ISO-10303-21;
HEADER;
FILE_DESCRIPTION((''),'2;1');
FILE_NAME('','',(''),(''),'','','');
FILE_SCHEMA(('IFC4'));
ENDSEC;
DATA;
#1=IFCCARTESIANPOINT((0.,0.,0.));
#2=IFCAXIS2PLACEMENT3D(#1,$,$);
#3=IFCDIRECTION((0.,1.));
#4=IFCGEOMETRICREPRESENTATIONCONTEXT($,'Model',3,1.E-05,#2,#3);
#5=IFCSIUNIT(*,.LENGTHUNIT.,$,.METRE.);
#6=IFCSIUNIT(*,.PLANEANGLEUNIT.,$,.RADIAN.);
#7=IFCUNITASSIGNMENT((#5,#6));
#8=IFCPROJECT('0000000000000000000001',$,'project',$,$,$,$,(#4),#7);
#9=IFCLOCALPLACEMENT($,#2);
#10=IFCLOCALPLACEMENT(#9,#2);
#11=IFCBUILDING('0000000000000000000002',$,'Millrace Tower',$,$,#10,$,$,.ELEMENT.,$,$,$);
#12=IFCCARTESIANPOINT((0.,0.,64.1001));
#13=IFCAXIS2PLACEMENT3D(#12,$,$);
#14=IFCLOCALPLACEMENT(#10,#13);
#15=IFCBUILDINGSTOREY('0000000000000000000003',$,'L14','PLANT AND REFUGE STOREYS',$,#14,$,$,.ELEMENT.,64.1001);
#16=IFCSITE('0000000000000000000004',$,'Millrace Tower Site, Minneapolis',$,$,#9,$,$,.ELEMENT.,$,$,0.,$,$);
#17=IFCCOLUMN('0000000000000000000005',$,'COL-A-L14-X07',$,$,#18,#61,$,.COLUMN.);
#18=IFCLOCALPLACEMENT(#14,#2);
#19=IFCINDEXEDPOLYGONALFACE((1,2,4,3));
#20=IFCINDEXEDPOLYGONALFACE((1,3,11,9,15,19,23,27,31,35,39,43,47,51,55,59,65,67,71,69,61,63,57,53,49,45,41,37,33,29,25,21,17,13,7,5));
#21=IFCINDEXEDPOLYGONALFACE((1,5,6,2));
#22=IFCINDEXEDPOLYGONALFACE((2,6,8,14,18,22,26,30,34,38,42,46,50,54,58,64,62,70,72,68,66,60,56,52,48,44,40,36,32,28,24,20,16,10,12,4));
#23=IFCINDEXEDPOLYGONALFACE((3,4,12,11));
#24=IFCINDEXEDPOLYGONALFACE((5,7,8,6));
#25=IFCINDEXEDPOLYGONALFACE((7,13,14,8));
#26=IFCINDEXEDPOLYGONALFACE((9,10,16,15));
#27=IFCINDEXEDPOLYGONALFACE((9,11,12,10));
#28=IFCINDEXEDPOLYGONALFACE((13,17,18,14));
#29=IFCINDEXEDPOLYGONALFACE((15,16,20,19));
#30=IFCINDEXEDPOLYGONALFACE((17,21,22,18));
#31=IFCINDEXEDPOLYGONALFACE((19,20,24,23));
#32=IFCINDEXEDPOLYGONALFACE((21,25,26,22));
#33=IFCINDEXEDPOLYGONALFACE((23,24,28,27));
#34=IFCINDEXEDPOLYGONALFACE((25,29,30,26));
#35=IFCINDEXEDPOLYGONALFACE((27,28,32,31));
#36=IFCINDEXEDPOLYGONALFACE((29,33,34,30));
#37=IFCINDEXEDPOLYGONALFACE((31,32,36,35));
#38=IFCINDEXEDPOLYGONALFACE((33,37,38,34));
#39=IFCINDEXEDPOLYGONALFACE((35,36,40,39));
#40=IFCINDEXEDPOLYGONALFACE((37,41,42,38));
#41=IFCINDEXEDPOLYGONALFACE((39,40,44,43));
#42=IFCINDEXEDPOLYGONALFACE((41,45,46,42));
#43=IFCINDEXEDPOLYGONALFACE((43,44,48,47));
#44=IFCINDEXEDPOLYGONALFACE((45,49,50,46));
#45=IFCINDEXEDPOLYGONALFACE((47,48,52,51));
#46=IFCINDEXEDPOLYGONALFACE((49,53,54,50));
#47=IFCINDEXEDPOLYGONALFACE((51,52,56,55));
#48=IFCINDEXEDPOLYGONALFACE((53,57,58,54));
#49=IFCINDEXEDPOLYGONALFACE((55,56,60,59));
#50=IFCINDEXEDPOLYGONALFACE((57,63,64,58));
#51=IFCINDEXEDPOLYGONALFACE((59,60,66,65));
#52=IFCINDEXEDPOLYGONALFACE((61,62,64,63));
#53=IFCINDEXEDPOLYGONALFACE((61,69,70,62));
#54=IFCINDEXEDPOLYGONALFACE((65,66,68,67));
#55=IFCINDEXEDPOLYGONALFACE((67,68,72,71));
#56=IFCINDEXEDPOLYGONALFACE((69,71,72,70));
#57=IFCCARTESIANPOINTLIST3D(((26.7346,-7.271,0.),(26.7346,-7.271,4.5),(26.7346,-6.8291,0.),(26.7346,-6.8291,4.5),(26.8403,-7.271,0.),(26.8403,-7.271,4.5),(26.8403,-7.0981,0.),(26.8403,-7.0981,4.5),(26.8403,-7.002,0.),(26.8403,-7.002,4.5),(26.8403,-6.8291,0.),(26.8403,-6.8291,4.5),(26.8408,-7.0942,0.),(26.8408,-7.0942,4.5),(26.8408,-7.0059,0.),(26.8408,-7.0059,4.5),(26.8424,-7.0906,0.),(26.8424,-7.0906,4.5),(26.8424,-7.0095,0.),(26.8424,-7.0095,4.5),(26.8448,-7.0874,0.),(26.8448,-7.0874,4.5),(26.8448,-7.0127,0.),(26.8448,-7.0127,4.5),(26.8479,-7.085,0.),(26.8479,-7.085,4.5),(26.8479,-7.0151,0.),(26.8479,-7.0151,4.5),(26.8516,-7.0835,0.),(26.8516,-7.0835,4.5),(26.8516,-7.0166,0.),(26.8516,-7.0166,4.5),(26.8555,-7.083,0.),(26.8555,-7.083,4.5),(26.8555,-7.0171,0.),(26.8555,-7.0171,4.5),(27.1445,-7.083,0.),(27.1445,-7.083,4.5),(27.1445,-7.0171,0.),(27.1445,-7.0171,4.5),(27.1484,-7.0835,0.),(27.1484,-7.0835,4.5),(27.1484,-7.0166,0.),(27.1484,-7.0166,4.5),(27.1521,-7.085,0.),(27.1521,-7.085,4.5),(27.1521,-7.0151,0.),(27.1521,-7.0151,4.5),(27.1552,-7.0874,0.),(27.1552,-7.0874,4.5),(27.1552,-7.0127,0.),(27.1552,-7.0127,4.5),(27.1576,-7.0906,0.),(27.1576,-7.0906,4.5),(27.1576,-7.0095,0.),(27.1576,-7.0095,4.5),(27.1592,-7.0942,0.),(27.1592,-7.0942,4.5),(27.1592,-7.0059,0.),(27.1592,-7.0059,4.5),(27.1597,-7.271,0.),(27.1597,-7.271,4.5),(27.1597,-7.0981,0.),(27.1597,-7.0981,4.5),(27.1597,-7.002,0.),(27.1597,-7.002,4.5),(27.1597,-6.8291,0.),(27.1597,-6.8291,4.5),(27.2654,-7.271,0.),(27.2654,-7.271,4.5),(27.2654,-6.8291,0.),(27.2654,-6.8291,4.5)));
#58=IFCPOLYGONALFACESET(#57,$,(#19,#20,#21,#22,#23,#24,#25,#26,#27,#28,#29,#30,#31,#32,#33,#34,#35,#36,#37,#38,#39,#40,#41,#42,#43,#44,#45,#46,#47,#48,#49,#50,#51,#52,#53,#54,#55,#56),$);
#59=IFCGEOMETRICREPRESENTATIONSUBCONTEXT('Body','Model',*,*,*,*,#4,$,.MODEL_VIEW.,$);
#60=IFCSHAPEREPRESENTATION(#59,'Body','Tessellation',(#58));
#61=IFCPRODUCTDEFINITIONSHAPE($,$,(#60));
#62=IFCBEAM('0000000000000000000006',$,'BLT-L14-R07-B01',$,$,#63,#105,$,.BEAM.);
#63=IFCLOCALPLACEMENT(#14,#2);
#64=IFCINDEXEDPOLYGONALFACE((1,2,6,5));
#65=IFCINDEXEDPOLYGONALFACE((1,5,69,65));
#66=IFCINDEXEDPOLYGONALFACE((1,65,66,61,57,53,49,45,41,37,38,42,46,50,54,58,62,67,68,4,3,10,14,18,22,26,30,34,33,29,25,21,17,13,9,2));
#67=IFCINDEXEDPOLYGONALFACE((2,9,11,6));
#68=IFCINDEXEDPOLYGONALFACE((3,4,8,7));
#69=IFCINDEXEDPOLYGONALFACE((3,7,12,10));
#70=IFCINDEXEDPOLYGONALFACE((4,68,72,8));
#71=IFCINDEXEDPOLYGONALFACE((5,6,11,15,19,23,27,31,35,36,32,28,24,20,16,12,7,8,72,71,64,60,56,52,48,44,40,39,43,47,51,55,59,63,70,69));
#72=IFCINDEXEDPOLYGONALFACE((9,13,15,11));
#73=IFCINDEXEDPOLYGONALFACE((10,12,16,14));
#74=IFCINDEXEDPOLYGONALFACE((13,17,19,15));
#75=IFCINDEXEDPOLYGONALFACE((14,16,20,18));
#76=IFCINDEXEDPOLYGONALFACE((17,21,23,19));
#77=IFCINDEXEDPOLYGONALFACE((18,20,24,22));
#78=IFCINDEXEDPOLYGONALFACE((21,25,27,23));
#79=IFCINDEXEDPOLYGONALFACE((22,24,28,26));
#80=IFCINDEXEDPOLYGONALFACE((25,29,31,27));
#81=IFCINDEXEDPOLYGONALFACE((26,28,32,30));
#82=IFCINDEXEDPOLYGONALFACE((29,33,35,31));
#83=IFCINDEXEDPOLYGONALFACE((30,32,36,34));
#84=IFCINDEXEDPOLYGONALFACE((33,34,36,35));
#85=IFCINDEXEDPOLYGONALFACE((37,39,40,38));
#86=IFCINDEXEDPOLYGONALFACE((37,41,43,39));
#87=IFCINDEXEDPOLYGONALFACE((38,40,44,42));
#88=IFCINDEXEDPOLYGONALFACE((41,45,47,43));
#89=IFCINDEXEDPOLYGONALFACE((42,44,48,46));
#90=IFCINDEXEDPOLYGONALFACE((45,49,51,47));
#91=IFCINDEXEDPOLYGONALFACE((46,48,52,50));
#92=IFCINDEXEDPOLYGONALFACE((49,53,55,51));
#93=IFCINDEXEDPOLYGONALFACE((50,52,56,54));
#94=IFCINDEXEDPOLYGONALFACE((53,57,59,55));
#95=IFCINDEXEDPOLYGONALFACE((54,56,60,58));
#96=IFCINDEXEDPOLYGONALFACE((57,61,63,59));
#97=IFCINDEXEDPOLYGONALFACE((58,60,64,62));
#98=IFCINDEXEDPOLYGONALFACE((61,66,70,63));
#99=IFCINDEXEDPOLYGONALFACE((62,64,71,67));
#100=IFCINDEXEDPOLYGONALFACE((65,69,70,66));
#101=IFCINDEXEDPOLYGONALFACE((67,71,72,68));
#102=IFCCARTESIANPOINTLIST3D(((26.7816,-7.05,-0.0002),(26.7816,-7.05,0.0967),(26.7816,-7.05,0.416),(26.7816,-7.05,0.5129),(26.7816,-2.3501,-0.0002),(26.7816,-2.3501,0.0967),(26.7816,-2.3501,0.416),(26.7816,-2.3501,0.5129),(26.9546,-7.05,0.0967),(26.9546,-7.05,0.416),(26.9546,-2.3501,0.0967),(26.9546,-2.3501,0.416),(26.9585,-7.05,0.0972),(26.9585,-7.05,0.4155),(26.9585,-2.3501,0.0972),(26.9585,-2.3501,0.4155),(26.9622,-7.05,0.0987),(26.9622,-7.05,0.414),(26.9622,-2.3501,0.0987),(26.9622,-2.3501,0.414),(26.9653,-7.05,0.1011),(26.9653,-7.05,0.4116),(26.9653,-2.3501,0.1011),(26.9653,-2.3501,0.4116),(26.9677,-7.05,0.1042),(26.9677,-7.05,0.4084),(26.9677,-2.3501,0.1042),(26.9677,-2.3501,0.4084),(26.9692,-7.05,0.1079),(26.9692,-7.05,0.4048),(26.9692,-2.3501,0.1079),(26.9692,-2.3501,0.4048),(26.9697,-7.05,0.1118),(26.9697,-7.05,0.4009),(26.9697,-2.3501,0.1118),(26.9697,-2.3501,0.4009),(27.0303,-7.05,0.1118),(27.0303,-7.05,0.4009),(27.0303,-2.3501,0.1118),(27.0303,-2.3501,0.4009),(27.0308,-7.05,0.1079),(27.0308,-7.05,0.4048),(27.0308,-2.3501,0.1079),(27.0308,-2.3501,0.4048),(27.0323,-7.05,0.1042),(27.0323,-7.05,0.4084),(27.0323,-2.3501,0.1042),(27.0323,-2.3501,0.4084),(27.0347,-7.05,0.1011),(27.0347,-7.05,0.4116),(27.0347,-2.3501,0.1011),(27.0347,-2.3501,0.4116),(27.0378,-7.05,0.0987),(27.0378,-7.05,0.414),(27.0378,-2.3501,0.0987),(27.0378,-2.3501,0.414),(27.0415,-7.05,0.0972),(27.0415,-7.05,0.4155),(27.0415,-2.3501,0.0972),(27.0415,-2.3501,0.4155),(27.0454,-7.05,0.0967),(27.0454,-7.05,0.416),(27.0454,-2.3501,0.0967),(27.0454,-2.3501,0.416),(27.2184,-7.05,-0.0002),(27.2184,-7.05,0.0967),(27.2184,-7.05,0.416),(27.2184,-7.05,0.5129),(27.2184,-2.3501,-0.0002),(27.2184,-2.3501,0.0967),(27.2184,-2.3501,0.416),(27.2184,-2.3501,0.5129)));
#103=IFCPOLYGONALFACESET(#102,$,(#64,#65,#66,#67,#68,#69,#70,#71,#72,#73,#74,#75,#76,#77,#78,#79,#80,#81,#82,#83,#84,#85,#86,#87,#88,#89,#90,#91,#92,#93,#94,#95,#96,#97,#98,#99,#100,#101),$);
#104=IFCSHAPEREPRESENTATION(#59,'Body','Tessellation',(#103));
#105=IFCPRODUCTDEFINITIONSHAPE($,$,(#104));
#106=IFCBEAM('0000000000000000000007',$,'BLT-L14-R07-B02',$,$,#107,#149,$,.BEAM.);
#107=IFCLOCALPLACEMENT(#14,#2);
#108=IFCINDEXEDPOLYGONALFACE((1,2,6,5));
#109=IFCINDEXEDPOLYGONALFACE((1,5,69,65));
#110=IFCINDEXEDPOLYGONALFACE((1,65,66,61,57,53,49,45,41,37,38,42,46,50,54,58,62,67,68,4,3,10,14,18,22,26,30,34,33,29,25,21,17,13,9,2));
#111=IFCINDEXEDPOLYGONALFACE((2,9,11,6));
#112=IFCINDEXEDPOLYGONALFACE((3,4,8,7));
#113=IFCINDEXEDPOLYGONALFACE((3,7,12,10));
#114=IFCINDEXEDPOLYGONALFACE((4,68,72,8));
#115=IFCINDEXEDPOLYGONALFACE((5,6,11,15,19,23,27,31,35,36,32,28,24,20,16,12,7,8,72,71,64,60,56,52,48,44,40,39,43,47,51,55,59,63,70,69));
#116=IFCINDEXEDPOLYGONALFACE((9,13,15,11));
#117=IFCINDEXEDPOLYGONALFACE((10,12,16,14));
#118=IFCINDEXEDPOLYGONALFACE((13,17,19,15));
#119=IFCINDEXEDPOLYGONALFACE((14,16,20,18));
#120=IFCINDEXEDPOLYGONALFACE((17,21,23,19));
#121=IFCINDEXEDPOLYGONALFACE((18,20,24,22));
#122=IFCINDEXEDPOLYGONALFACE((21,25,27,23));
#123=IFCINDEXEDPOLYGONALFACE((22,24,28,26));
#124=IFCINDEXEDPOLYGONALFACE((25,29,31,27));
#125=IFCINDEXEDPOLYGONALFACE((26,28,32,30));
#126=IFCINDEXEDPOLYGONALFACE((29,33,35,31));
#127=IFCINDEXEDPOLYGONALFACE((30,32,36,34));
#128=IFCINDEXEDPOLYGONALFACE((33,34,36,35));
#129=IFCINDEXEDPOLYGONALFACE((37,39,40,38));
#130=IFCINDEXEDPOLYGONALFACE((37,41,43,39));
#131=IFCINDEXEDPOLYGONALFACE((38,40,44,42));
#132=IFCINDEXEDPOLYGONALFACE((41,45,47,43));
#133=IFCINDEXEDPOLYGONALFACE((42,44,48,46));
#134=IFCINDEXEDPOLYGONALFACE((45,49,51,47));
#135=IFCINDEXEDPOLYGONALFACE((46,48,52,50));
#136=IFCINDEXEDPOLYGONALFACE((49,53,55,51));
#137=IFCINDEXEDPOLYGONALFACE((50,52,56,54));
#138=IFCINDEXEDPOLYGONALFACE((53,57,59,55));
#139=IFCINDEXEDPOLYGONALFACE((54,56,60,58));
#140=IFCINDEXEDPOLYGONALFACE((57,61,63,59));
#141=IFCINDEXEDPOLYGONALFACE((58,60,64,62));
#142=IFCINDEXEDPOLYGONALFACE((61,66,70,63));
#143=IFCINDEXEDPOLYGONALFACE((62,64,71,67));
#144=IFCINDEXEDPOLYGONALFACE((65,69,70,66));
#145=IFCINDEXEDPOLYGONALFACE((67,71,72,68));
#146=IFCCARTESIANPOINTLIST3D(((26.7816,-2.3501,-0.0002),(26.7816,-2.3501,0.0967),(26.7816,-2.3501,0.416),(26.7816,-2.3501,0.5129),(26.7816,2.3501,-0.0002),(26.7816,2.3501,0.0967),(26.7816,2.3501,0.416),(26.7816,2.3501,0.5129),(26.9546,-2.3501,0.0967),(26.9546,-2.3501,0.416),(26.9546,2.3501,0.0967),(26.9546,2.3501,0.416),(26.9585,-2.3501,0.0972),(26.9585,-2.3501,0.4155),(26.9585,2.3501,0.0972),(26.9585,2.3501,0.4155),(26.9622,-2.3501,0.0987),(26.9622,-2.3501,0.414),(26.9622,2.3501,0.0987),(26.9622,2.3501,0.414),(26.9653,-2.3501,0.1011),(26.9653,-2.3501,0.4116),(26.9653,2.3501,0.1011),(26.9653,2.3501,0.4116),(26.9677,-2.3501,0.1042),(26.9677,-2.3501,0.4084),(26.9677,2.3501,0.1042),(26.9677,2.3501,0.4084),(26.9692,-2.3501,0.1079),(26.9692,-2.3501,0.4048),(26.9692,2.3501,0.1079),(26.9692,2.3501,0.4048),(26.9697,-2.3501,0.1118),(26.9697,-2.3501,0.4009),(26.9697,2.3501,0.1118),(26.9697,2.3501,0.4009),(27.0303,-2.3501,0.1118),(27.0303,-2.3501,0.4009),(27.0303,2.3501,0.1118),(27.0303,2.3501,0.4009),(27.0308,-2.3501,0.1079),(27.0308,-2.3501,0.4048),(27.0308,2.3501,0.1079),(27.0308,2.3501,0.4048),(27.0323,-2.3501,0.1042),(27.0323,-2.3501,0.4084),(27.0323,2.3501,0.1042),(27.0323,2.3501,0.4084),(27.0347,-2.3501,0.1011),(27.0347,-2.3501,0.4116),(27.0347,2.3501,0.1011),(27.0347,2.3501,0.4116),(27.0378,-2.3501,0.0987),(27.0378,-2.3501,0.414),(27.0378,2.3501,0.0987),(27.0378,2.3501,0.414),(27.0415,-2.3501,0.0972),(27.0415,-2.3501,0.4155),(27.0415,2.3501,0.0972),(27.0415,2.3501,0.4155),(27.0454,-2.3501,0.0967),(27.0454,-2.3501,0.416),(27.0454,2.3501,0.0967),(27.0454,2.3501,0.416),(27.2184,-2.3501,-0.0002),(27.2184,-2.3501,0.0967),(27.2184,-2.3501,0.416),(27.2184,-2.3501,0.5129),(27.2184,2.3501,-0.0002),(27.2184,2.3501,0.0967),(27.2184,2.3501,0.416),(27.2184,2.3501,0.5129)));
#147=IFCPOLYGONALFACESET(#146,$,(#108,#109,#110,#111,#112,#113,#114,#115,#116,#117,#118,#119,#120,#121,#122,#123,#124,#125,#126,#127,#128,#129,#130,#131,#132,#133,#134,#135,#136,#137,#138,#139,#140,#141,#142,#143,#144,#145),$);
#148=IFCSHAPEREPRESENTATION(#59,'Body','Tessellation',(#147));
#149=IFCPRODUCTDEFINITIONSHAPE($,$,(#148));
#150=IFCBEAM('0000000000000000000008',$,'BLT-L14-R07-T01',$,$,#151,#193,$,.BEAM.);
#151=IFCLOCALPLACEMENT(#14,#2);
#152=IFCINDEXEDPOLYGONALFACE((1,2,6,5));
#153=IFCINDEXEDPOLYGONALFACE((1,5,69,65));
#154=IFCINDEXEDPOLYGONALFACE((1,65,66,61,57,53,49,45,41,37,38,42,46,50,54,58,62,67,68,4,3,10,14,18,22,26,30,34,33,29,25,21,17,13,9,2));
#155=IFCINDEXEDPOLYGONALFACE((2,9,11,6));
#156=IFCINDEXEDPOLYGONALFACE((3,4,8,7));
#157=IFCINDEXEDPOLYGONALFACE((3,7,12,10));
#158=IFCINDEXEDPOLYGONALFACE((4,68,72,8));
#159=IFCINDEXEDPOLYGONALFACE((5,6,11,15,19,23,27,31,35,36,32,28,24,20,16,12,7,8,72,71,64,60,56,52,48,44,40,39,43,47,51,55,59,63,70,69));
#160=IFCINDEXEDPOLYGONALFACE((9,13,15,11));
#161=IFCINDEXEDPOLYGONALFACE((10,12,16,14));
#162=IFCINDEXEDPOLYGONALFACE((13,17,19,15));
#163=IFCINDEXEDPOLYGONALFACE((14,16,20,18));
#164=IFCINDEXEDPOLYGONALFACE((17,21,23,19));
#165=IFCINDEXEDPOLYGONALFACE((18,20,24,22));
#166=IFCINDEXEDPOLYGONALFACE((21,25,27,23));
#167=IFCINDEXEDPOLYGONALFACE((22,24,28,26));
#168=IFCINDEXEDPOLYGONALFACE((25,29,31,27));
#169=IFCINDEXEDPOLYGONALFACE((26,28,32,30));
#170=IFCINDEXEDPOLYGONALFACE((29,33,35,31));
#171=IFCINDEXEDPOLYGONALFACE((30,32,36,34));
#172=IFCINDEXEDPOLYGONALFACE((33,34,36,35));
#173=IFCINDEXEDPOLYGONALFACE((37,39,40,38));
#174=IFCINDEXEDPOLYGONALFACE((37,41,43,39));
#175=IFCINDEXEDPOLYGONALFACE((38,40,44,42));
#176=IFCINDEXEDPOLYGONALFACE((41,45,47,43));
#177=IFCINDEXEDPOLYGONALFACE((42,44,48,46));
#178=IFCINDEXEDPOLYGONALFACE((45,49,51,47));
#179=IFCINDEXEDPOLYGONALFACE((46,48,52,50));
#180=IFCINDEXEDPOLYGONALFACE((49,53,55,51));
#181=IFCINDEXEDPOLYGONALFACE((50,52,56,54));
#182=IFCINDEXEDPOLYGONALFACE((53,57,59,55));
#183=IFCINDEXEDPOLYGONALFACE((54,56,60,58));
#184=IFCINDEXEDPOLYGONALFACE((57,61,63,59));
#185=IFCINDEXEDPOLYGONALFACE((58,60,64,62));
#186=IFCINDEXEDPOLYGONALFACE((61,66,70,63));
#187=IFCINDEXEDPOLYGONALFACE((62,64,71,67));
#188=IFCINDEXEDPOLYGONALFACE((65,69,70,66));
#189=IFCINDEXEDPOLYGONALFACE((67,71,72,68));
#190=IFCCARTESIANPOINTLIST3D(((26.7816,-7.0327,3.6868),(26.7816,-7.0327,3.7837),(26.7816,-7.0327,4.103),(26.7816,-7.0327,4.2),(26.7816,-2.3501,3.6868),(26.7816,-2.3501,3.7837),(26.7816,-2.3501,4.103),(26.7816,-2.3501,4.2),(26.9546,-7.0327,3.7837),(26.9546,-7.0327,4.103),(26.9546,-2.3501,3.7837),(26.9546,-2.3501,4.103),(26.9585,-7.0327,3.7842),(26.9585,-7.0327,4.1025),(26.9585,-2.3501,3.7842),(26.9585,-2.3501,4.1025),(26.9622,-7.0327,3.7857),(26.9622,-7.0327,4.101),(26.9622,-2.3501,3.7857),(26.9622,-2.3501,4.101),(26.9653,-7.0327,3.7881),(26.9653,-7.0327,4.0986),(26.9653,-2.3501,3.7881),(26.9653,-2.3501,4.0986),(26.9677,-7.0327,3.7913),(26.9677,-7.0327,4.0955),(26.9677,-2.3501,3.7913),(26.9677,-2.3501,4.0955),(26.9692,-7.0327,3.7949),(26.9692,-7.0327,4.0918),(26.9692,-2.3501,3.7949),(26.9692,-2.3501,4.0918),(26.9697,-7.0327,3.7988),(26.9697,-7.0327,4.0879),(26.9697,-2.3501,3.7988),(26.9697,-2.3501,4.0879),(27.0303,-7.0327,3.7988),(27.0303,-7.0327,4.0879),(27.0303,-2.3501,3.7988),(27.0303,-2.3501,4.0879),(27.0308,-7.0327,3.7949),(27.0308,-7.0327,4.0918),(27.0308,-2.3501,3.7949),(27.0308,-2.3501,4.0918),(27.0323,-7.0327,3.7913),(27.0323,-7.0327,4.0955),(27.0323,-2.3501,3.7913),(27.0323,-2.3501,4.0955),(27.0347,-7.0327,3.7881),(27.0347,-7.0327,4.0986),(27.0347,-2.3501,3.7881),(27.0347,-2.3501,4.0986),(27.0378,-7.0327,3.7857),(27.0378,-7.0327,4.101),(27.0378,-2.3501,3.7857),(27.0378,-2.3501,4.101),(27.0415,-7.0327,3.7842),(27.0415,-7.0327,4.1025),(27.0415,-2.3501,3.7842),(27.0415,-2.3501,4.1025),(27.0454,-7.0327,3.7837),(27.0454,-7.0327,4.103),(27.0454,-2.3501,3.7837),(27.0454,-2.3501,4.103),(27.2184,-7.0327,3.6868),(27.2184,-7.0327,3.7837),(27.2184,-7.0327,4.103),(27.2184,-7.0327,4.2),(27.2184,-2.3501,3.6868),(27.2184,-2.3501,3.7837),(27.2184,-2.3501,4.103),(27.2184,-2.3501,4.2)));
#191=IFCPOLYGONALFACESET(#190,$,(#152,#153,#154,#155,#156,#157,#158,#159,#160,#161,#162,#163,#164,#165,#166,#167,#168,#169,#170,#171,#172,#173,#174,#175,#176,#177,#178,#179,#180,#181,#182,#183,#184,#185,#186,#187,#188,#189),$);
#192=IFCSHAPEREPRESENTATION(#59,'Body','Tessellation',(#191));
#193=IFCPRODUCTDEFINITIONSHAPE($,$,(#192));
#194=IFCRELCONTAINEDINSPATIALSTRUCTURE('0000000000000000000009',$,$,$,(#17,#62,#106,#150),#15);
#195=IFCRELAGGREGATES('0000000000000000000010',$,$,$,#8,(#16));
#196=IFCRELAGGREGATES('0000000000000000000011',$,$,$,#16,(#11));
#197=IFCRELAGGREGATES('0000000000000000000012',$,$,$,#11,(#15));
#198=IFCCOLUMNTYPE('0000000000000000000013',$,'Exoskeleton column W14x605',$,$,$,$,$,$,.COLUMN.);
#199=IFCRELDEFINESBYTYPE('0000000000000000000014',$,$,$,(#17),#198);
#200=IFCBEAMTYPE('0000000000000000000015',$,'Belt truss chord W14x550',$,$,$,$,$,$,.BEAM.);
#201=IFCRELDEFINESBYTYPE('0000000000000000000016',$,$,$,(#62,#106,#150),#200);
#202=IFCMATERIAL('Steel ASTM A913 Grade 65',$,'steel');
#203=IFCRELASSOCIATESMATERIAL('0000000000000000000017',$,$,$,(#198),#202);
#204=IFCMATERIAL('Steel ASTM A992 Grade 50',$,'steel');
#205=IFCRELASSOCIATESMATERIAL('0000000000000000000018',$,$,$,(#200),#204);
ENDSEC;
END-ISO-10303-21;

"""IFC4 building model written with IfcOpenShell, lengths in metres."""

from ifc_helpers import new_model, si_unit, direction, frame, origin, origin_2d, place, context, subcontext, project, spatial, i_section, extrude, material, material_profile, profile_set, type_object, element, save


model = new_model("IFC4")

# Units and contexts
model_context = context("Model", 3, precision=1e-05, world=origin(), true_north=direction((0.0, 1.0)))
body_context = subcontext(model_context, "Body", "Model", "MODEL_VIEW")
ifc_project = project(units=[si_unit("LENGTHUNIT", "METRE"), si_unit("PLANEANGLEUNIT", "RADIAN")], contexts=[model_context])

# Site, building, storey
site_placement = place(None, origin())
site = spatial("IfcSite", under=ifc_project, at=site_placement, Name="Millrace Tower Site, Minneapolis", CompositionType="ELEMENT", RefElevation=0.0)
building_placement = place(site_placement, origin())
building = spatial("IfcBuilding", under=site, at=building_placement, Name="Millrace Tower", CompositionType="ELEMENT")
storey_placement = place(building_placement, frame((0.0, 0.0, 64.1001)))
storey = spatial("IfcBuildingStorey", under=building, at=storey_placement, Name="L14", Description="PLANT AND REFUGE STOREYS", CompositionType="ELEMENT", Elevation=64.1001)

# Column
ifc_material_1 = material(Name="Steel ASTM A913 Grade 65", Category="steel")
ifc_material_profile_1 = material_profile(ifc_material_1, i_section(OverallWidth=0.4419, OverallDepth=0.5308, WebThickness=0.0659, FlangeThickness=0.1057, FilletRadius=0.0151, at=origin_2d()))
ifc_profile_set_1 = profile_set([ifc_material_profile_1], Name="Steel ASTM A913 Grade 65")
column_type = type_object("IfcColumnType", Name="Exoskeleton column W14x605", PredefinedType="COLUMN", material=ifc_profile_set_1)
column_placement = place(storey_placement, frame((27.0, -7.05, 0.0), z_axis=(0.0, 0.0, 1.0), x_axis=(0.0, 1.0, 0.0)))
element("IfcColumn", 1, at=column_placement, inside=storey, type_object=column_type, Name="COL-A-L14-X07", PredefinedType="COLUMN", context=body_context, shape_type="SweptSolid", body=[
    extrude(i_section(OverallWidth=0.4419, OverallDepth=0.5308, WebThickness=0.0659, FlangeThickness=0.1057, FilletRadius=0.0151, at=origin_2d()), origin(), (0.0, 0.0, 1.0), 4.5),
])

# Beams
ifc_material_2 = material(Name="Steel ASTM A992 Grade 50", Category="steel")
ifc_material_profile_2 = material_profile(ifc_material_2, i_section(OverallWidth=0.4368, OverallDepth=0.5132, WebThickness=0.0605, FlangeThickness=0.0969, FilletRadius=0.0151, at=origin_2d()))
ifc_profile_set_2 = profile_set([ifc_material_profile_2], Name="Steel ASTM A992 Grade 50")
beam_type_1 = type_object("IfcBeamType", Name="Belt truss chord W14x550", PredefinedType="BEAM", material=ifc_profile_set_2)
beam_1_placement = place(storey_placement, frame((27.0, -7.05, 0.2563), z_axis=(0.0, 1.0, 0.0), x_axis=(-1.0, 0.0, 0.0)))
element("IfcBeam", 2, at=beam_1_placement, inside=storey, type_object=beam_type_1, Name="BLT-L14-R07-B01", PredefinedType="BEAM", context=body_context, shape_type="SweptSolid", body=[
    extrude(i_section(OverallWidth=0.4368, OverallDepth=0.5132, WebThickness=0.0605, FlangeThickness=0.0969, FilletRadius=0.0151, at=origin_2d()), origin(), (0.0, 0.0, 1.0), 4.7),
])
beam_2_placement = place(storey_placement, frame((27.0, -2.3501, 0.2563), z_axis=(0.0, 1.0, 0.0), x_axis=(-1.0, 0.0, 0.0)))
element("IfcBeam", 3, at=beam_2_placement, inside=storey, type_object=beam_type_1, Name="BLT-L14-R07-B02", PredefinedType="BEAM", context=body_context, shape_type="SweptSolid", body=[
    extrude(i_section(OverallWidth=0.4368, OverallDepth=0.5132, WebThickness=0.0605, FlangeThickness=0.0969, FilletRadius=0.0151, at=origin_2d()), origin(), (0.0, 0.0, 1.0), 4.7002),
])
beam_3_placement = place(storey_placement, frame((27.0, -7.0327, 3.9434), z_axis=(0.0, 1.0, 0.0), x_axis=(-1.0, 0.0, 0.0)))
element("IfcBeam", 4, at=beam_3_placement, inside=storey, type_object=beam_type_1, Name="BLT-L14-R07-T01", PredefinedType="BEAM", context=body_context, shape_type="SweptSolid", body=[
    extrude(i_section(OverallWidth=0.4368, OverallDepth=0.5132, WebThickness=0.0605, FlangeThickness=0.0969, FilletRadius=0.0151, at=origin_2d()), origin(), (0.0, 0.0, 1.0), 4.6826),
])

save(model, "model.ifc")
